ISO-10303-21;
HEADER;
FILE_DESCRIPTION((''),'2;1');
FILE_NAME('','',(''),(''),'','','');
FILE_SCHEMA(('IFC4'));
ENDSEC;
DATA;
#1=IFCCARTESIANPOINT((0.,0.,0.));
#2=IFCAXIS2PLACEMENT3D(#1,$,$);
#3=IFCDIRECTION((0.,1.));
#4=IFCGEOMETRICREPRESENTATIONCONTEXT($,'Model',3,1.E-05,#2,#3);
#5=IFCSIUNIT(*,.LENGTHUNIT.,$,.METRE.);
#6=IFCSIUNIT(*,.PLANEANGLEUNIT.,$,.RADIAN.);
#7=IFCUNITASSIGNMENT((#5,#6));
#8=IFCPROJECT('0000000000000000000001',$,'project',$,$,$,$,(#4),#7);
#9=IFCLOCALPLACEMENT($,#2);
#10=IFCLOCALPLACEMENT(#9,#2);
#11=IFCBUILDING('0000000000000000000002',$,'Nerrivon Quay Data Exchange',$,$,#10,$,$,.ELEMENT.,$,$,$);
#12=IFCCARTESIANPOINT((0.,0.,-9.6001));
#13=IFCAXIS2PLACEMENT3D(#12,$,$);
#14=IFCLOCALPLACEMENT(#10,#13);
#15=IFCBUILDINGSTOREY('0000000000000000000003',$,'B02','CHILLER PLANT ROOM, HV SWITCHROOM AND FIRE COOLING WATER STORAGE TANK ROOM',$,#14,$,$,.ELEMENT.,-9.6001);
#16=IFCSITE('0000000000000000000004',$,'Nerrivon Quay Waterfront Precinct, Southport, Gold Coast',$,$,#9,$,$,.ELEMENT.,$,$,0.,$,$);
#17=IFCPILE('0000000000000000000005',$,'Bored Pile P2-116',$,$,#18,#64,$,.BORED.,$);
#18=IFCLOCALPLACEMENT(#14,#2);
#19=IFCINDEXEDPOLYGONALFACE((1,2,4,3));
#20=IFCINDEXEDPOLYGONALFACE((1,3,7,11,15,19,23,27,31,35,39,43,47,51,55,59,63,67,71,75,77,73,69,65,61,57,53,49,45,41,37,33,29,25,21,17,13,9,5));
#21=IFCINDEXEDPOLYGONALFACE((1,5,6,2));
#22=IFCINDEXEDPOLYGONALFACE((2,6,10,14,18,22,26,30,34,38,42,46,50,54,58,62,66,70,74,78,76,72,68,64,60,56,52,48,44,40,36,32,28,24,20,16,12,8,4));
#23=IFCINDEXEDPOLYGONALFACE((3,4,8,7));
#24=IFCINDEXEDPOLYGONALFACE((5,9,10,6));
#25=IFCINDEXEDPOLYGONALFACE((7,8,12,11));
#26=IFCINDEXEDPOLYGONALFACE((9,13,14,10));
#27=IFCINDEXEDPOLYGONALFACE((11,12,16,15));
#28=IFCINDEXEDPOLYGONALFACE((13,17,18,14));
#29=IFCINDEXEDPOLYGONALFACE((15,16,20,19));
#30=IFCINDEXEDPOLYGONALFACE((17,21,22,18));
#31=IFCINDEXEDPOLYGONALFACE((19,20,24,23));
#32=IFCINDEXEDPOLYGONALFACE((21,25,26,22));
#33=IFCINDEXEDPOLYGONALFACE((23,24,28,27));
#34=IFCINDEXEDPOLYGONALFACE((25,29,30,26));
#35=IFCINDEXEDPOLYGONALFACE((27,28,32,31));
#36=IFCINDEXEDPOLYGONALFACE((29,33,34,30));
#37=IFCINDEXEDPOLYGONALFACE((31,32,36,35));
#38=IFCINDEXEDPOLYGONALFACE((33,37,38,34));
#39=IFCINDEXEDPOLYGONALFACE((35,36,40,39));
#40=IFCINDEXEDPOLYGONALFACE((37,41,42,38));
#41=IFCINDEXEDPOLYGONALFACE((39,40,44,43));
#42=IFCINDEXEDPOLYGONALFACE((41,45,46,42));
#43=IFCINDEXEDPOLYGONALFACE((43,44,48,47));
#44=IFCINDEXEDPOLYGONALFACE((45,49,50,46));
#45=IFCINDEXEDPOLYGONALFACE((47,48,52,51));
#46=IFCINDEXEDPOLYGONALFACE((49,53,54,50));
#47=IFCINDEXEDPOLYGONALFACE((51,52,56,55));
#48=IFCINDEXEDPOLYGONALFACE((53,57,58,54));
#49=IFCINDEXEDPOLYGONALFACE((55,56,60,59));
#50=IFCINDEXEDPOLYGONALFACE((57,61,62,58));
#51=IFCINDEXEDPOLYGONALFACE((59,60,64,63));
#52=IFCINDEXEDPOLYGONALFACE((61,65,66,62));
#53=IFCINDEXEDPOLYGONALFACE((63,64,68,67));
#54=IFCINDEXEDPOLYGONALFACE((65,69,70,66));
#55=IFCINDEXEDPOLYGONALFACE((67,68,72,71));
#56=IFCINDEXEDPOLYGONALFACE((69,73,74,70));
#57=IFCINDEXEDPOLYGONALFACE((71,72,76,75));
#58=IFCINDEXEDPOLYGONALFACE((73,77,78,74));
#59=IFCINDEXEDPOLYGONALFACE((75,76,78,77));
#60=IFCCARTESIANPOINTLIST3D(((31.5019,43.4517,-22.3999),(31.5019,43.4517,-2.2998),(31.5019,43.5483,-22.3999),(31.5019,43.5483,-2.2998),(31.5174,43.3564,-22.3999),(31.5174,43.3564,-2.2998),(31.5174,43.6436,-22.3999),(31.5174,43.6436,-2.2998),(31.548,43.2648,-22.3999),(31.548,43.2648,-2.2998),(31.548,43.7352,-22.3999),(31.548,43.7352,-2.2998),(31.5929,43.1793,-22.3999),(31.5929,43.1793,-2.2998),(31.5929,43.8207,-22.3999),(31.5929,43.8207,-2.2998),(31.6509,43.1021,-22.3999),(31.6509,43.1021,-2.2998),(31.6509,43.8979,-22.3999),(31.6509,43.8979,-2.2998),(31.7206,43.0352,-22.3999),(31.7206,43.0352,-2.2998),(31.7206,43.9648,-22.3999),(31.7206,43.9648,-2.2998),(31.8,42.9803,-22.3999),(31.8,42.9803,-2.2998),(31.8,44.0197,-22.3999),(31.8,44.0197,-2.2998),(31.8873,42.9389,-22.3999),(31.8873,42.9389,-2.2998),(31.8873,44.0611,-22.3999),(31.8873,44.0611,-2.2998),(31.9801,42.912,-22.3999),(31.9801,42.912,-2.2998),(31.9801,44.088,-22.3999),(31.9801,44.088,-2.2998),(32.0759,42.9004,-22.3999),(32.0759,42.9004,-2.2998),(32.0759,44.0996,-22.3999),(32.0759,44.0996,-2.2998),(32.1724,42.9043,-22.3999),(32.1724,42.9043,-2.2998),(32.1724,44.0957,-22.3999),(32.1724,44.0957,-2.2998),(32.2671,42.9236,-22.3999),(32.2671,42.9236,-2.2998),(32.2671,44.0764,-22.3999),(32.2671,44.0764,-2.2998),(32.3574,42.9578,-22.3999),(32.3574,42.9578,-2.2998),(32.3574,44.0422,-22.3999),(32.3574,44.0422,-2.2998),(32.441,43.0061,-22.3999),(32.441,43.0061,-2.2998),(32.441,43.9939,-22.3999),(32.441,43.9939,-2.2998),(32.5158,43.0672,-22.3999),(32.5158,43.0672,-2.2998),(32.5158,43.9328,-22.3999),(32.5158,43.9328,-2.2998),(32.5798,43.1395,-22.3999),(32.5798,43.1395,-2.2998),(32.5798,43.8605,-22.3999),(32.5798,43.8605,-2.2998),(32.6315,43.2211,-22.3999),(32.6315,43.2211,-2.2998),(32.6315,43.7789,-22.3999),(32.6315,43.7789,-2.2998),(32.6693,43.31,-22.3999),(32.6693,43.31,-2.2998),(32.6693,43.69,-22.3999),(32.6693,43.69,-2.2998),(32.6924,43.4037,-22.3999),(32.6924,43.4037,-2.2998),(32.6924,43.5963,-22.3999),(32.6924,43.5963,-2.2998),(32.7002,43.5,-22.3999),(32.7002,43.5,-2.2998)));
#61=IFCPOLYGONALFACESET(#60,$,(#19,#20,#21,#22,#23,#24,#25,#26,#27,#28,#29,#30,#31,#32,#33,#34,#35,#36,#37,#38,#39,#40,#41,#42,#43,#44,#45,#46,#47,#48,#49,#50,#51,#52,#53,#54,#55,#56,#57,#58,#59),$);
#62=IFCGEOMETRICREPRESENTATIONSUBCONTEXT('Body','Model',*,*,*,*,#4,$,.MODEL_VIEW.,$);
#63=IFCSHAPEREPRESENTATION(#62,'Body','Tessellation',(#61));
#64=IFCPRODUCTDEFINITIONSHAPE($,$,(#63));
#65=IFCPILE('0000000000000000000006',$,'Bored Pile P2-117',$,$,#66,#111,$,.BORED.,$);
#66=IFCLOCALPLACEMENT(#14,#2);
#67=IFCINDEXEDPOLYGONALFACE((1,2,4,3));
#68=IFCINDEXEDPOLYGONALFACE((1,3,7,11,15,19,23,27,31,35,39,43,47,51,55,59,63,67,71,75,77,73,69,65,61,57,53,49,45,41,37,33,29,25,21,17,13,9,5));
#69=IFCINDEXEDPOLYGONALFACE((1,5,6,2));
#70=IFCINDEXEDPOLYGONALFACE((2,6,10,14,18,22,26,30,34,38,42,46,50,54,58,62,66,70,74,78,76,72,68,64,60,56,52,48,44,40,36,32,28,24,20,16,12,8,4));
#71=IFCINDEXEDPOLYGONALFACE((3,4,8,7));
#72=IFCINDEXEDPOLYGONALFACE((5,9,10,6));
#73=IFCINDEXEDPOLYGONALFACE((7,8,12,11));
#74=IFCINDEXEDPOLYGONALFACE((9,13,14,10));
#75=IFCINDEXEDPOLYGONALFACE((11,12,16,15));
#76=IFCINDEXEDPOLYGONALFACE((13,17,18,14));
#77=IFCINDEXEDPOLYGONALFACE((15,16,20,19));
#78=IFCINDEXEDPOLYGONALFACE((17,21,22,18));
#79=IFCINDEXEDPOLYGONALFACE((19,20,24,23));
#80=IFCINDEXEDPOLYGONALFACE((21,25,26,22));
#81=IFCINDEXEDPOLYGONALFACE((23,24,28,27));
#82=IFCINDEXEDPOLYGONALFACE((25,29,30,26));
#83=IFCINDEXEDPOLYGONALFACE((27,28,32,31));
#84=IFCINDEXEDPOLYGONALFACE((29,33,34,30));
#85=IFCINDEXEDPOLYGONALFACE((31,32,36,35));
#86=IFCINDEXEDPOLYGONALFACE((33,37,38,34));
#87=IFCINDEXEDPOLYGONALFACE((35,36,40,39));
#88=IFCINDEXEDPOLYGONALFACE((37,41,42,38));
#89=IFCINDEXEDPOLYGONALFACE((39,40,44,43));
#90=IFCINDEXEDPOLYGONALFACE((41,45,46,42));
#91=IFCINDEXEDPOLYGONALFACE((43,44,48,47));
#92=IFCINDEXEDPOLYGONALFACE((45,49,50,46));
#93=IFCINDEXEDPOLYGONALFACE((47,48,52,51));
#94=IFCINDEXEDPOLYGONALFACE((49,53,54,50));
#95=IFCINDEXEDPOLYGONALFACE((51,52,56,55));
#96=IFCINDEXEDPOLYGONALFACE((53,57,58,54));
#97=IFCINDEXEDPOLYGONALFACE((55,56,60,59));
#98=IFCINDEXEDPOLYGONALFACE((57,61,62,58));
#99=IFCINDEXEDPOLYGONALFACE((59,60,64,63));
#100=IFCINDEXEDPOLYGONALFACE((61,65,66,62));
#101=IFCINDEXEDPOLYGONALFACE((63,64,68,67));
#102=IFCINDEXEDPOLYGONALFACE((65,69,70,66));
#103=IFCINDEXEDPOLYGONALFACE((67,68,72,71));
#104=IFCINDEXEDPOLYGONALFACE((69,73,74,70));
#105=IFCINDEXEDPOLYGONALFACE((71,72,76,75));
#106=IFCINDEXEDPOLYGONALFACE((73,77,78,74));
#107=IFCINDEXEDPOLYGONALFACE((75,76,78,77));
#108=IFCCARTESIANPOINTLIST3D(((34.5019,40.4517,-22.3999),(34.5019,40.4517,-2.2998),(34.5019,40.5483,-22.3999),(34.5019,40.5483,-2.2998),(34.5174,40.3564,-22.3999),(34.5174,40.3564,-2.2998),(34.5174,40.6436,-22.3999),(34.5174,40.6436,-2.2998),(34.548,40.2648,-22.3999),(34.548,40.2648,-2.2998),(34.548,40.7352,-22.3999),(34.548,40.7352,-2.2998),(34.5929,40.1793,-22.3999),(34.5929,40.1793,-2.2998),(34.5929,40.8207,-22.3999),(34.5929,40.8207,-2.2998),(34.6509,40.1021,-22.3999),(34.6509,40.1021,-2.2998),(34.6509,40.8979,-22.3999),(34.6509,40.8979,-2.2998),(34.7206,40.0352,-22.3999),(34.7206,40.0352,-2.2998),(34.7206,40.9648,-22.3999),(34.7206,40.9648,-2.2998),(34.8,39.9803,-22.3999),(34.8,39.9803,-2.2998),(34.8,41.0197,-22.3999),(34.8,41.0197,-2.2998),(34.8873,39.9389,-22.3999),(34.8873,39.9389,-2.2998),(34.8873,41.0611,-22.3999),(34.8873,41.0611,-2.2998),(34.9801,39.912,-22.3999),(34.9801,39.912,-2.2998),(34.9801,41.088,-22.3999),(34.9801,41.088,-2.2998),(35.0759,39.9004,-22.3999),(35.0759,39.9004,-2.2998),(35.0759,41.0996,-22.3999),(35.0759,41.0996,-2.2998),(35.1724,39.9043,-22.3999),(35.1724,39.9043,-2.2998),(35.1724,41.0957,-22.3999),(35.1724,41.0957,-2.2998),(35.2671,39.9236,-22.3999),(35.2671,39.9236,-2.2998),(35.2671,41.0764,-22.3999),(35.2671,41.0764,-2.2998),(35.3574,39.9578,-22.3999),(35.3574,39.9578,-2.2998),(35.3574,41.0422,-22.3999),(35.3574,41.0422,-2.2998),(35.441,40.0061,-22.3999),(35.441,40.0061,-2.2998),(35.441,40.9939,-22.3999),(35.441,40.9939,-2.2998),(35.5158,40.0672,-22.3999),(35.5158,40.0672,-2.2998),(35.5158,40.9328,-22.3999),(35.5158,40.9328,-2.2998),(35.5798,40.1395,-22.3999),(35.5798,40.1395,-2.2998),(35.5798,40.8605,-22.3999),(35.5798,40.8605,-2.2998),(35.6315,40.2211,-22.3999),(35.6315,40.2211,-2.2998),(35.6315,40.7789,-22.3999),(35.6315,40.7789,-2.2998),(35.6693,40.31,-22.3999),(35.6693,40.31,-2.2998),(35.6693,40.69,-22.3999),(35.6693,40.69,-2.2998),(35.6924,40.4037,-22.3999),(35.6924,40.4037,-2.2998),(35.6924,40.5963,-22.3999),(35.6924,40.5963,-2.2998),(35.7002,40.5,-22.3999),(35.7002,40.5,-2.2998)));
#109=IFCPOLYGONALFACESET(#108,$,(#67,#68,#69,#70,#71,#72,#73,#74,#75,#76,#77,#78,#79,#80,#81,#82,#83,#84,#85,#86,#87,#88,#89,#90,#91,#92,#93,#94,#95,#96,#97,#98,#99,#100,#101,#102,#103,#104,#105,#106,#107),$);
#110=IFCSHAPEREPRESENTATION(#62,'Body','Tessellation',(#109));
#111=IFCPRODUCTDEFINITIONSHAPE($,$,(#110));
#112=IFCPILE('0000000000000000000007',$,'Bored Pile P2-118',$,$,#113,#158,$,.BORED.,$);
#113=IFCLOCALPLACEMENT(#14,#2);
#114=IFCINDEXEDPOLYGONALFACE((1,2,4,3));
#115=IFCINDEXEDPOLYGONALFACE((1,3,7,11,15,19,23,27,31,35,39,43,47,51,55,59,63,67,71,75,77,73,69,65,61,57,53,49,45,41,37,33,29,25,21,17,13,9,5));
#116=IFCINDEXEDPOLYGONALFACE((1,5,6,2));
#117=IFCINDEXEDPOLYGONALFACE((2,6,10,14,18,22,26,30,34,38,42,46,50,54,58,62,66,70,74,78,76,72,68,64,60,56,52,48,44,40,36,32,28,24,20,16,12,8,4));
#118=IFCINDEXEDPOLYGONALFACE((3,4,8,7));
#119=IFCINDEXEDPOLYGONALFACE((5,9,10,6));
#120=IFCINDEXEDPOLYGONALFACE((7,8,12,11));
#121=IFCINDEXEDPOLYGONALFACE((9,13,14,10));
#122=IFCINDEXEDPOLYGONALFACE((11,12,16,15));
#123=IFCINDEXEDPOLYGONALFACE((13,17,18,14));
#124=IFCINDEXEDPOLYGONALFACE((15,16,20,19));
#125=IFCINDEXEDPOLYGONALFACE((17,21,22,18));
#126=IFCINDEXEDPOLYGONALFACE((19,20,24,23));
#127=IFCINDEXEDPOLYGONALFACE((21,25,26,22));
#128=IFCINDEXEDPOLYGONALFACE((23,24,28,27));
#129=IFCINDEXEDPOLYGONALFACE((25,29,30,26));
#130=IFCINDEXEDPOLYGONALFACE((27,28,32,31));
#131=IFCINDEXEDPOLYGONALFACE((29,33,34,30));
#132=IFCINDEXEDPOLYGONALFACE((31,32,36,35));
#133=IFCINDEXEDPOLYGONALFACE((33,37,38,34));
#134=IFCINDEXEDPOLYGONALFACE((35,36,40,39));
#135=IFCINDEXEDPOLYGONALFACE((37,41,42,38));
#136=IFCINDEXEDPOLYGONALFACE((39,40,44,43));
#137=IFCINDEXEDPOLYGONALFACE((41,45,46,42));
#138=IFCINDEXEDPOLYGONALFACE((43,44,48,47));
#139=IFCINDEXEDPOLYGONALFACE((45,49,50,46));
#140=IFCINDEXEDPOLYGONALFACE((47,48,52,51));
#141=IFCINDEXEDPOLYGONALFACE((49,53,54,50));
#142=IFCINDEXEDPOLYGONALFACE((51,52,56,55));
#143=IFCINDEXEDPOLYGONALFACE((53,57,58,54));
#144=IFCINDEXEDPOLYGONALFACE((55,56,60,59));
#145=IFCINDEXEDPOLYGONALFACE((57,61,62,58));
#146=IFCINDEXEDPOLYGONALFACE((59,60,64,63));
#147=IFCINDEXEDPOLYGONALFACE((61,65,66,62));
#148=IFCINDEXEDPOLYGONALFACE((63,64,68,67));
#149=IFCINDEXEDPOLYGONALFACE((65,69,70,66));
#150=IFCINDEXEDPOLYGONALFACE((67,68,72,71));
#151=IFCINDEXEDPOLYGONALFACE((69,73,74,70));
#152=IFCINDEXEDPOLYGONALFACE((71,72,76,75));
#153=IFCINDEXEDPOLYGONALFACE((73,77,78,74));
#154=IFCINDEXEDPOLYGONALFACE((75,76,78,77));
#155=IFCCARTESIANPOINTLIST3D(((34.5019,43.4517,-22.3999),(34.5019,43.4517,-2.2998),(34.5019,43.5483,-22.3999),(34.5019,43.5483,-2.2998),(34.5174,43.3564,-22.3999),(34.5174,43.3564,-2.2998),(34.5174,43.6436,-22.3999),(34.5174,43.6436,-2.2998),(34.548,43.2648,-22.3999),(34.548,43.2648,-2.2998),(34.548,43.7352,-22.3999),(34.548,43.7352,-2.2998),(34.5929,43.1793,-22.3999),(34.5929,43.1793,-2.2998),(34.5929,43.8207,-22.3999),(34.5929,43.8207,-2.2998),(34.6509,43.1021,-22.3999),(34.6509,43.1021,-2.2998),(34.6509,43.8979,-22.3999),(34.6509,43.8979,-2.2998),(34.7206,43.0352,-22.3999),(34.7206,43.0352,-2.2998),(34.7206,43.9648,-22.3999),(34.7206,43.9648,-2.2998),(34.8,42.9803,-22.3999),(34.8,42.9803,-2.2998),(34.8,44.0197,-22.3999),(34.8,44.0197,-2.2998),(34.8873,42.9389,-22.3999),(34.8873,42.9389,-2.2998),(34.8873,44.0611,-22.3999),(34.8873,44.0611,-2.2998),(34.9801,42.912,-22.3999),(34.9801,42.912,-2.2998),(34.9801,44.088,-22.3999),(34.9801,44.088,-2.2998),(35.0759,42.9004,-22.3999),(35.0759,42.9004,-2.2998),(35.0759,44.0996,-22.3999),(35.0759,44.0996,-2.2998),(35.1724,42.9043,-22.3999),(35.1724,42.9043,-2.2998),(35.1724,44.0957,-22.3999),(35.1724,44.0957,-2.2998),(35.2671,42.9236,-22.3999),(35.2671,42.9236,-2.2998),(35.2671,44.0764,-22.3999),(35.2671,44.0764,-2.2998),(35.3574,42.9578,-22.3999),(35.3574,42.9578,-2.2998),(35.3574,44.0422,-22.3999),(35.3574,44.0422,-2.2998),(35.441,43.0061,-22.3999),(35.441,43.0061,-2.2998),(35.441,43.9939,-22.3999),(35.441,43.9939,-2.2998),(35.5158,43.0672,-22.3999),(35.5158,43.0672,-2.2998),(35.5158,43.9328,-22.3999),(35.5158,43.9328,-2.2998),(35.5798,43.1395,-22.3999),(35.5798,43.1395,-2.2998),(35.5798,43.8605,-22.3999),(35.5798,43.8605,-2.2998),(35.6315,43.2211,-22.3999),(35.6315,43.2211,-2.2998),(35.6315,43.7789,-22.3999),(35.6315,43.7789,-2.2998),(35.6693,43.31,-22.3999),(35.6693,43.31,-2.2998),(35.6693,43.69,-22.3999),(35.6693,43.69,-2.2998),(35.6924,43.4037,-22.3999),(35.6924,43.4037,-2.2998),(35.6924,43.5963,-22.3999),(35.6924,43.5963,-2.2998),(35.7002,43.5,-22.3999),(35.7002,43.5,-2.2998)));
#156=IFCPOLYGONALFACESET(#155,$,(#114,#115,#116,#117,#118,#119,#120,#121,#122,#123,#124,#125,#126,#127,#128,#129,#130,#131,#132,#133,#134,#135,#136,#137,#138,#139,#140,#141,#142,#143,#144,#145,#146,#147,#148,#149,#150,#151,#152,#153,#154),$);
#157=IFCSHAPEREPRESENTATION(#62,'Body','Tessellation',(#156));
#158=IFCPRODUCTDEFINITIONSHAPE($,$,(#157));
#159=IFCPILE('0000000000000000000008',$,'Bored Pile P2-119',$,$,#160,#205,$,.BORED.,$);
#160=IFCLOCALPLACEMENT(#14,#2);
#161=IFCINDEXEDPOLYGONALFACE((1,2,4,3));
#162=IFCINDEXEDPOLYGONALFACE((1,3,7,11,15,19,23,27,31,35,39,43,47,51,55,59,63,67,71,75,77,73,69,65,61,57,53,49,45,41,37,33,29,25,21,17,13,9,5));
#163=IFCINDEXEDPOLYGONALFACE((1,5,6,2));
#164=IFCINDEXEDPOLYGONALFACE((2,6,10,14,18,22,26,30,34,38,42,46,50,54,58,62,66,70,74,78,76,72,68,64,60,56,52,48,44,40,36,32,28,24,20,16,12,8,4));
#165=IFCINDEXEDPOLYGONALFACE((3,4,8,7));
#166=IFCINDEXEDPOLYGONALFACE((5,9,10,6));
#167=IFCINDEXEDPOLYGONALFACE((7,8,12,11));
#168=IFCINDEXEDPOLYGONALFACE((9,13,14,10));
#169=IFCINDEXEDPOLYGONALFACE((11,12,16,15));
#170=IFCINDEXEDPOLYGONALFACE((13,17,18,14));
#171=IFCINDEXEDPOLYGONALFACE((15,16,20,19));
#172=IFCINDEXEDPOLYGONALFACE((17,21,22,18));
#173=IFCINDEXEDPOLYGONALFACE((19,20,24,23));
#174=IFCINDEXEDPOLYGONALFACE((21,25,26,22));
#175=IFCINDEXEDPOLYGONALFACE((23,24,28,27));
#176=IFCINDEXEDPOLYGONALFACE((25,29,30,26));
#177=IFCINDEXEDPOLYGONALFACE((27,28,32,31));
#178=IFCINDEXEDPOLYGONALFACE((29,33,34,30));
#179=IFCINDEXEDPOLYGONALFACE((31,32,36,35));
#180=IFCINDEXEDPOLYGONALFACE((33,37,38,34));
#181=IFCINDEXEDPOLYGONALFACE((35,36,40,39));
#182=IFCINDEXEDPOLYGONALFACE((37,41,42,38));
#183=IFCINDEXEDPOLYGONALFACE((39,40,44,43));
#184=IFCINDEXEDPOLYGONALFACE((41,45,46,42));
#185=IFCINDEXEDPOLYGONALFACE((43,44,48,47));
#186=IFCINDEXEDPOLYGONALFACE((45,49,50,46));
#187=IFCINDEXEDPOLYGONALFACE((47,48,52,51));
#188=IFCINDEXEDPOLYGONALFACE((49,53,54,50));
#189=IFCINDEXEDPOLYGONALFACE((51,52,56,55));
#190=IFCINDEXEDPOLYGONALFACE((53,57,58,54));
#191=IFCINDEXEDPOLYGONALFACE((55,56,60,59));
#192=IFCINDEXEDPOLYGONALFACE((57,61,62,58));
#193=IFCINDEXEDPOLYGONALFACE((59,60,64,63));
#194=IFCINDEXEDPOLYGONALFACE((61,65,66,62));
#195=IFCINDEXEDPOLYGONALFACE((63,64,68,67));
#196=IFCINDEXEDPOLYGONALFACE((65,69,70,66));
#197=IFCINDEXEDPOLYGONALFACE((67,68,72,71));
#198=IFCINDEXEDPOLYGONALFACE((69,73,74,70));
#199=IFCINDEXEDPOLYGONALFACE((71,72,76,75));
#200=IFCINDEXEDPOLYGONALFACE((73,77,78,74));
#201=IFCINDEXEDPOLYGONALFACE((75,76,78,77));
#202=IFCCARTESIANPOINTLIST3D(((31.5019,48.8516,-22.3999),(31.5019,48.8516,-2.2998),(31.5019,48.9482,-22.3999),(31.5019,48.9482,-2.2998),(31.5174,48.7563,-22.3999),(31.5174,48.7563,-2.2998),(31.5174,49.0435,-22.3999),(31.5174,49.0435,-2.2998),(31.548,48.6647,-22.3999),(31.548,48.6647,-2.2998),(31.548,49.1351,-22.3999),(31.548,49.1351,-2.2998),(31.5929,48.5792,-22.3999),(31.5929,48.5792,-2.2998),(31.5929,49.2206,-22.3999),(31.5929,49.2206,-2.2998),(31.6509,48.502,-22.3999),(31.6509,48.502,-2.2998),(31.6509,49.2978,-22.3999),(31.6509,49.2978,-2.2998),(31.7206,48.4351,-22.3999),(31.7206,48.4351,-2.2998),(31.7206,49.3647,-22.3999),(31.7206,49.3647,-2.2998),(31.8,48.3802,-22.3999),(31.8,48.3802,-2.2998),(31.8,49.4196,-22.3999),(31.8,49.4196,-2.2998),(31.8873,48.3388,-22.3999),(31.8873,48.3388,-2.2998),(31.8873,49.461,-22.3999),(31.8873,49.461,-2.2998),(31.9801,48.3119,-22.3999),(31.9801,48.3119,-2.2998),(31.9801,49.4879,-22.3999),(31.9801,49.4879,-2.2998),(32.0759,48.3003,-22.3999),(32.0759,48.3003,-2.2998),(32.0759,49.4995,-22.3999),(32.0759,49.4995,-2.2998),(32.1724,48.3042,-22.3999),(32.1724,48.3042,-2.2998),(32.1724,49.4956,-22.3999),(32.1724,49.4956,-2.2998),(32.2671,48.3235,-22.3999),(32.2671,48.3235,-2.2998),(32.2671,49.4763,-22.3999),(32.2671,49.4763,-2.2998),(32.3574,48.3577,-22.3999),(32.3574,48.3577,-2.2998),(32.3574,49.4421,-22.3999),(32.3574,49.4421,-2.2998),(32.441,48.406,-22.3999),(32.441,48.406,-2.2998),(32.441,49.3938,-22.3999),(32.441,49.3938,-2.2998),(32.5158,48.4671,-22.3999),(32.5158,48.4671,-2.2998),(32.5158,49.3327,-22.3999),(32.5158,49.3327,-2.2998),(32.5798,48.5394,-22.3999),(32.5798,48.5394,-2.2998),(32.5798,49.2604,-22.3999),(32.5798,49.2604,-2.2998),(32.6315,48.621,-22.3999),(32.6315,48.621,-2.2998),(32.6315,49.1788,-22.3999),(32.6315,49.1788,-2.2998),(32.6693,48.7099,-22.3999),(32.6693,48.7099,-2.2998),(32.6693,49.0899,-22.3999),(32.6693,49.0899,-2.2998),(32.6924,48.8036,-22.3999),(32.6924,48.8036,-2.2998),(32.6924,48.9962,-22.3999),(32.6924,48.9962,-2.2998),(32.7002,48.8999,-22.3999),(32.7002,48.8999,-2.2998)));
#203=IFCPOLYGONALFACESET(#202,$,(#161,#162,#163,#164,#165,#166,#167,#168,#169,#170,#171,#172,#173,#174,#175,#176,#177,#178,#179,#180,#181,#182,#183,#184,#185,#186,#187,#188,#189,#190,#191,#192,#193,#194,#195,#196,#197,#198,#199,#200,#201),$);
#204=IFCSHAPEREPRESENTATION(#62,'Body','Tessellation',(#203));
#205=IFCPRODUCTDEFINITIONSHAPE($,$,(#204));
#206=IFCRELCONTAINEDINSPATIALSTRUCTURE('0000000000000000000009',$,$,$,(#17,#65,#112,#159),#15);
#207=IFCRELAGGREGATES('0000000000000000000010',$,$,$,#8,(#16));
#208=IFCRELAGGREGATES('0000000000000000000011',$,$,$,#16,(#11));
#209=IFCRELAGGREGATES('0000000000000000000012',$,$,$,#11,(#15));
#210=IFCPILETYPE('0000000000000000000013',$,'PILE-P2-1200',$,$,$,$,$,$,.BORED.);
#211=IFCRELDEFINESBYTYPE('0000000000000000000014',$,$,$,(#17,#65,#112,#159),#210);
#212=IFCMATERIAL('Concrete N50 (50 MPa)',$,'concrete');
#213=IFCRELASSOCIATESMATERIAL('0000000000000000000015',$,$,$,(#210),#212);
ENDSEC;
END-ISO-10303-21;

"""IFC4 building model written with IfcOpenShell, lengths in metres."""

from ifc_helpers import new_model, si_unit, direction, frame, origin, origin_2d, place, context, subcontext, project, spatial, circle, extrude, material, material_profile, profile_set, type_object, element, save


model = new_model("IFC4")

# Units and contexts
model_context = context("Model", 3, precision=1e-05, world=origin(), true_north=direction((0.0, 1.0)))
body_context = subcontext(model_context, "Body", "Model", "MODEL_VIEW")
ifc_project = project(units=[si_unit("LENGTHUNIT", "METRE"), si_unit("PLANEANGLEUNIT", "RADIAN")], contexts=[model_context])

# Site, building, storey
site_placement = place(None, origin())
site = spatial("IfcSite", under=ifc_project, at=site_placement, Name="Nerrivon Quay Waterfront Precinct, Southport, Gold Coast", CompositionType="ELEMENT", RefElevation=0.0)
building_placement = place(site_placement, origin())
building = spatial("IfcBuilding", under=site, at=building_placement, Name="Nerrivon Quay Data Exchange", CompositionType="ELEMENT")
storey_placement = place(building_placement, frame((0.0, 0.0, -9.6001)))
storey = spatial("IfcBuildingStorey", under=building, at=storey_placement, Name="B02", Description="CHILLER PLANT ROOM, HV SWITCHROOM AND FIRE COOLING WATER STORAGE TANK ROOM", CompositionType="ELEMENT", Elevation=-9.6001)

# Piles
ifc_material_1 = material(Name="Concrete N50 (50 MPa)", Category="concrete")
ifc_material_profile_1 = material_profile(ifc_material_1, circle(Radius=0.6001, at=origin_2d()), Name="PILE-1200")
ifc_profile_set_1 = profile_set([ifc_material_profile_1], Name="Concrete N50 (50 MPa)")
pile_type = type_object("IfcPileType", Name="PILE-P2-1200", PredefinedType="BORED", material=ifc_profile_set_1)
for number, where, z_axis, x_axis, name in (
    (1, (32.1001, 43.5, -2.2998), (0.0, 0.0, -1.0), (1.0, 0.0, 0.0), "Bored Pile P2-116"),
    (2, (35.1001, 40.5, -2.2998), (0.0, 0.0, -1.0), (1.0, 0.0, 0.0), "Bored Pile P2-117"),
    (3, (35.1001, 43.5, -2.2998), (0.0, 0.0, -1.0), (1.0, 0.0, 0.0), "Bored Pile P2-118"),
    (4, (32.1001, 48.8999, -2.2998), (0.0, 0.0, -1.0), (1.0, 0.0, 0.0), "Bored Pile P2-119"),
):
    element("IfcPile", number, at=place(storey_placement, frame(where, z_axis=z_axis, x_axis=x_axis)), inside=storey, type_object=pile_type, Name=name, PredefinedType="BORED", context=body_context, shape_type="SweptSolid", body=[
        extrude(circle(Radius=0.6001, at=origin_2d()), origin(), (0.0, 0.0, 1.0), 20.1001),
    ])

save(model, "model.ifc")
